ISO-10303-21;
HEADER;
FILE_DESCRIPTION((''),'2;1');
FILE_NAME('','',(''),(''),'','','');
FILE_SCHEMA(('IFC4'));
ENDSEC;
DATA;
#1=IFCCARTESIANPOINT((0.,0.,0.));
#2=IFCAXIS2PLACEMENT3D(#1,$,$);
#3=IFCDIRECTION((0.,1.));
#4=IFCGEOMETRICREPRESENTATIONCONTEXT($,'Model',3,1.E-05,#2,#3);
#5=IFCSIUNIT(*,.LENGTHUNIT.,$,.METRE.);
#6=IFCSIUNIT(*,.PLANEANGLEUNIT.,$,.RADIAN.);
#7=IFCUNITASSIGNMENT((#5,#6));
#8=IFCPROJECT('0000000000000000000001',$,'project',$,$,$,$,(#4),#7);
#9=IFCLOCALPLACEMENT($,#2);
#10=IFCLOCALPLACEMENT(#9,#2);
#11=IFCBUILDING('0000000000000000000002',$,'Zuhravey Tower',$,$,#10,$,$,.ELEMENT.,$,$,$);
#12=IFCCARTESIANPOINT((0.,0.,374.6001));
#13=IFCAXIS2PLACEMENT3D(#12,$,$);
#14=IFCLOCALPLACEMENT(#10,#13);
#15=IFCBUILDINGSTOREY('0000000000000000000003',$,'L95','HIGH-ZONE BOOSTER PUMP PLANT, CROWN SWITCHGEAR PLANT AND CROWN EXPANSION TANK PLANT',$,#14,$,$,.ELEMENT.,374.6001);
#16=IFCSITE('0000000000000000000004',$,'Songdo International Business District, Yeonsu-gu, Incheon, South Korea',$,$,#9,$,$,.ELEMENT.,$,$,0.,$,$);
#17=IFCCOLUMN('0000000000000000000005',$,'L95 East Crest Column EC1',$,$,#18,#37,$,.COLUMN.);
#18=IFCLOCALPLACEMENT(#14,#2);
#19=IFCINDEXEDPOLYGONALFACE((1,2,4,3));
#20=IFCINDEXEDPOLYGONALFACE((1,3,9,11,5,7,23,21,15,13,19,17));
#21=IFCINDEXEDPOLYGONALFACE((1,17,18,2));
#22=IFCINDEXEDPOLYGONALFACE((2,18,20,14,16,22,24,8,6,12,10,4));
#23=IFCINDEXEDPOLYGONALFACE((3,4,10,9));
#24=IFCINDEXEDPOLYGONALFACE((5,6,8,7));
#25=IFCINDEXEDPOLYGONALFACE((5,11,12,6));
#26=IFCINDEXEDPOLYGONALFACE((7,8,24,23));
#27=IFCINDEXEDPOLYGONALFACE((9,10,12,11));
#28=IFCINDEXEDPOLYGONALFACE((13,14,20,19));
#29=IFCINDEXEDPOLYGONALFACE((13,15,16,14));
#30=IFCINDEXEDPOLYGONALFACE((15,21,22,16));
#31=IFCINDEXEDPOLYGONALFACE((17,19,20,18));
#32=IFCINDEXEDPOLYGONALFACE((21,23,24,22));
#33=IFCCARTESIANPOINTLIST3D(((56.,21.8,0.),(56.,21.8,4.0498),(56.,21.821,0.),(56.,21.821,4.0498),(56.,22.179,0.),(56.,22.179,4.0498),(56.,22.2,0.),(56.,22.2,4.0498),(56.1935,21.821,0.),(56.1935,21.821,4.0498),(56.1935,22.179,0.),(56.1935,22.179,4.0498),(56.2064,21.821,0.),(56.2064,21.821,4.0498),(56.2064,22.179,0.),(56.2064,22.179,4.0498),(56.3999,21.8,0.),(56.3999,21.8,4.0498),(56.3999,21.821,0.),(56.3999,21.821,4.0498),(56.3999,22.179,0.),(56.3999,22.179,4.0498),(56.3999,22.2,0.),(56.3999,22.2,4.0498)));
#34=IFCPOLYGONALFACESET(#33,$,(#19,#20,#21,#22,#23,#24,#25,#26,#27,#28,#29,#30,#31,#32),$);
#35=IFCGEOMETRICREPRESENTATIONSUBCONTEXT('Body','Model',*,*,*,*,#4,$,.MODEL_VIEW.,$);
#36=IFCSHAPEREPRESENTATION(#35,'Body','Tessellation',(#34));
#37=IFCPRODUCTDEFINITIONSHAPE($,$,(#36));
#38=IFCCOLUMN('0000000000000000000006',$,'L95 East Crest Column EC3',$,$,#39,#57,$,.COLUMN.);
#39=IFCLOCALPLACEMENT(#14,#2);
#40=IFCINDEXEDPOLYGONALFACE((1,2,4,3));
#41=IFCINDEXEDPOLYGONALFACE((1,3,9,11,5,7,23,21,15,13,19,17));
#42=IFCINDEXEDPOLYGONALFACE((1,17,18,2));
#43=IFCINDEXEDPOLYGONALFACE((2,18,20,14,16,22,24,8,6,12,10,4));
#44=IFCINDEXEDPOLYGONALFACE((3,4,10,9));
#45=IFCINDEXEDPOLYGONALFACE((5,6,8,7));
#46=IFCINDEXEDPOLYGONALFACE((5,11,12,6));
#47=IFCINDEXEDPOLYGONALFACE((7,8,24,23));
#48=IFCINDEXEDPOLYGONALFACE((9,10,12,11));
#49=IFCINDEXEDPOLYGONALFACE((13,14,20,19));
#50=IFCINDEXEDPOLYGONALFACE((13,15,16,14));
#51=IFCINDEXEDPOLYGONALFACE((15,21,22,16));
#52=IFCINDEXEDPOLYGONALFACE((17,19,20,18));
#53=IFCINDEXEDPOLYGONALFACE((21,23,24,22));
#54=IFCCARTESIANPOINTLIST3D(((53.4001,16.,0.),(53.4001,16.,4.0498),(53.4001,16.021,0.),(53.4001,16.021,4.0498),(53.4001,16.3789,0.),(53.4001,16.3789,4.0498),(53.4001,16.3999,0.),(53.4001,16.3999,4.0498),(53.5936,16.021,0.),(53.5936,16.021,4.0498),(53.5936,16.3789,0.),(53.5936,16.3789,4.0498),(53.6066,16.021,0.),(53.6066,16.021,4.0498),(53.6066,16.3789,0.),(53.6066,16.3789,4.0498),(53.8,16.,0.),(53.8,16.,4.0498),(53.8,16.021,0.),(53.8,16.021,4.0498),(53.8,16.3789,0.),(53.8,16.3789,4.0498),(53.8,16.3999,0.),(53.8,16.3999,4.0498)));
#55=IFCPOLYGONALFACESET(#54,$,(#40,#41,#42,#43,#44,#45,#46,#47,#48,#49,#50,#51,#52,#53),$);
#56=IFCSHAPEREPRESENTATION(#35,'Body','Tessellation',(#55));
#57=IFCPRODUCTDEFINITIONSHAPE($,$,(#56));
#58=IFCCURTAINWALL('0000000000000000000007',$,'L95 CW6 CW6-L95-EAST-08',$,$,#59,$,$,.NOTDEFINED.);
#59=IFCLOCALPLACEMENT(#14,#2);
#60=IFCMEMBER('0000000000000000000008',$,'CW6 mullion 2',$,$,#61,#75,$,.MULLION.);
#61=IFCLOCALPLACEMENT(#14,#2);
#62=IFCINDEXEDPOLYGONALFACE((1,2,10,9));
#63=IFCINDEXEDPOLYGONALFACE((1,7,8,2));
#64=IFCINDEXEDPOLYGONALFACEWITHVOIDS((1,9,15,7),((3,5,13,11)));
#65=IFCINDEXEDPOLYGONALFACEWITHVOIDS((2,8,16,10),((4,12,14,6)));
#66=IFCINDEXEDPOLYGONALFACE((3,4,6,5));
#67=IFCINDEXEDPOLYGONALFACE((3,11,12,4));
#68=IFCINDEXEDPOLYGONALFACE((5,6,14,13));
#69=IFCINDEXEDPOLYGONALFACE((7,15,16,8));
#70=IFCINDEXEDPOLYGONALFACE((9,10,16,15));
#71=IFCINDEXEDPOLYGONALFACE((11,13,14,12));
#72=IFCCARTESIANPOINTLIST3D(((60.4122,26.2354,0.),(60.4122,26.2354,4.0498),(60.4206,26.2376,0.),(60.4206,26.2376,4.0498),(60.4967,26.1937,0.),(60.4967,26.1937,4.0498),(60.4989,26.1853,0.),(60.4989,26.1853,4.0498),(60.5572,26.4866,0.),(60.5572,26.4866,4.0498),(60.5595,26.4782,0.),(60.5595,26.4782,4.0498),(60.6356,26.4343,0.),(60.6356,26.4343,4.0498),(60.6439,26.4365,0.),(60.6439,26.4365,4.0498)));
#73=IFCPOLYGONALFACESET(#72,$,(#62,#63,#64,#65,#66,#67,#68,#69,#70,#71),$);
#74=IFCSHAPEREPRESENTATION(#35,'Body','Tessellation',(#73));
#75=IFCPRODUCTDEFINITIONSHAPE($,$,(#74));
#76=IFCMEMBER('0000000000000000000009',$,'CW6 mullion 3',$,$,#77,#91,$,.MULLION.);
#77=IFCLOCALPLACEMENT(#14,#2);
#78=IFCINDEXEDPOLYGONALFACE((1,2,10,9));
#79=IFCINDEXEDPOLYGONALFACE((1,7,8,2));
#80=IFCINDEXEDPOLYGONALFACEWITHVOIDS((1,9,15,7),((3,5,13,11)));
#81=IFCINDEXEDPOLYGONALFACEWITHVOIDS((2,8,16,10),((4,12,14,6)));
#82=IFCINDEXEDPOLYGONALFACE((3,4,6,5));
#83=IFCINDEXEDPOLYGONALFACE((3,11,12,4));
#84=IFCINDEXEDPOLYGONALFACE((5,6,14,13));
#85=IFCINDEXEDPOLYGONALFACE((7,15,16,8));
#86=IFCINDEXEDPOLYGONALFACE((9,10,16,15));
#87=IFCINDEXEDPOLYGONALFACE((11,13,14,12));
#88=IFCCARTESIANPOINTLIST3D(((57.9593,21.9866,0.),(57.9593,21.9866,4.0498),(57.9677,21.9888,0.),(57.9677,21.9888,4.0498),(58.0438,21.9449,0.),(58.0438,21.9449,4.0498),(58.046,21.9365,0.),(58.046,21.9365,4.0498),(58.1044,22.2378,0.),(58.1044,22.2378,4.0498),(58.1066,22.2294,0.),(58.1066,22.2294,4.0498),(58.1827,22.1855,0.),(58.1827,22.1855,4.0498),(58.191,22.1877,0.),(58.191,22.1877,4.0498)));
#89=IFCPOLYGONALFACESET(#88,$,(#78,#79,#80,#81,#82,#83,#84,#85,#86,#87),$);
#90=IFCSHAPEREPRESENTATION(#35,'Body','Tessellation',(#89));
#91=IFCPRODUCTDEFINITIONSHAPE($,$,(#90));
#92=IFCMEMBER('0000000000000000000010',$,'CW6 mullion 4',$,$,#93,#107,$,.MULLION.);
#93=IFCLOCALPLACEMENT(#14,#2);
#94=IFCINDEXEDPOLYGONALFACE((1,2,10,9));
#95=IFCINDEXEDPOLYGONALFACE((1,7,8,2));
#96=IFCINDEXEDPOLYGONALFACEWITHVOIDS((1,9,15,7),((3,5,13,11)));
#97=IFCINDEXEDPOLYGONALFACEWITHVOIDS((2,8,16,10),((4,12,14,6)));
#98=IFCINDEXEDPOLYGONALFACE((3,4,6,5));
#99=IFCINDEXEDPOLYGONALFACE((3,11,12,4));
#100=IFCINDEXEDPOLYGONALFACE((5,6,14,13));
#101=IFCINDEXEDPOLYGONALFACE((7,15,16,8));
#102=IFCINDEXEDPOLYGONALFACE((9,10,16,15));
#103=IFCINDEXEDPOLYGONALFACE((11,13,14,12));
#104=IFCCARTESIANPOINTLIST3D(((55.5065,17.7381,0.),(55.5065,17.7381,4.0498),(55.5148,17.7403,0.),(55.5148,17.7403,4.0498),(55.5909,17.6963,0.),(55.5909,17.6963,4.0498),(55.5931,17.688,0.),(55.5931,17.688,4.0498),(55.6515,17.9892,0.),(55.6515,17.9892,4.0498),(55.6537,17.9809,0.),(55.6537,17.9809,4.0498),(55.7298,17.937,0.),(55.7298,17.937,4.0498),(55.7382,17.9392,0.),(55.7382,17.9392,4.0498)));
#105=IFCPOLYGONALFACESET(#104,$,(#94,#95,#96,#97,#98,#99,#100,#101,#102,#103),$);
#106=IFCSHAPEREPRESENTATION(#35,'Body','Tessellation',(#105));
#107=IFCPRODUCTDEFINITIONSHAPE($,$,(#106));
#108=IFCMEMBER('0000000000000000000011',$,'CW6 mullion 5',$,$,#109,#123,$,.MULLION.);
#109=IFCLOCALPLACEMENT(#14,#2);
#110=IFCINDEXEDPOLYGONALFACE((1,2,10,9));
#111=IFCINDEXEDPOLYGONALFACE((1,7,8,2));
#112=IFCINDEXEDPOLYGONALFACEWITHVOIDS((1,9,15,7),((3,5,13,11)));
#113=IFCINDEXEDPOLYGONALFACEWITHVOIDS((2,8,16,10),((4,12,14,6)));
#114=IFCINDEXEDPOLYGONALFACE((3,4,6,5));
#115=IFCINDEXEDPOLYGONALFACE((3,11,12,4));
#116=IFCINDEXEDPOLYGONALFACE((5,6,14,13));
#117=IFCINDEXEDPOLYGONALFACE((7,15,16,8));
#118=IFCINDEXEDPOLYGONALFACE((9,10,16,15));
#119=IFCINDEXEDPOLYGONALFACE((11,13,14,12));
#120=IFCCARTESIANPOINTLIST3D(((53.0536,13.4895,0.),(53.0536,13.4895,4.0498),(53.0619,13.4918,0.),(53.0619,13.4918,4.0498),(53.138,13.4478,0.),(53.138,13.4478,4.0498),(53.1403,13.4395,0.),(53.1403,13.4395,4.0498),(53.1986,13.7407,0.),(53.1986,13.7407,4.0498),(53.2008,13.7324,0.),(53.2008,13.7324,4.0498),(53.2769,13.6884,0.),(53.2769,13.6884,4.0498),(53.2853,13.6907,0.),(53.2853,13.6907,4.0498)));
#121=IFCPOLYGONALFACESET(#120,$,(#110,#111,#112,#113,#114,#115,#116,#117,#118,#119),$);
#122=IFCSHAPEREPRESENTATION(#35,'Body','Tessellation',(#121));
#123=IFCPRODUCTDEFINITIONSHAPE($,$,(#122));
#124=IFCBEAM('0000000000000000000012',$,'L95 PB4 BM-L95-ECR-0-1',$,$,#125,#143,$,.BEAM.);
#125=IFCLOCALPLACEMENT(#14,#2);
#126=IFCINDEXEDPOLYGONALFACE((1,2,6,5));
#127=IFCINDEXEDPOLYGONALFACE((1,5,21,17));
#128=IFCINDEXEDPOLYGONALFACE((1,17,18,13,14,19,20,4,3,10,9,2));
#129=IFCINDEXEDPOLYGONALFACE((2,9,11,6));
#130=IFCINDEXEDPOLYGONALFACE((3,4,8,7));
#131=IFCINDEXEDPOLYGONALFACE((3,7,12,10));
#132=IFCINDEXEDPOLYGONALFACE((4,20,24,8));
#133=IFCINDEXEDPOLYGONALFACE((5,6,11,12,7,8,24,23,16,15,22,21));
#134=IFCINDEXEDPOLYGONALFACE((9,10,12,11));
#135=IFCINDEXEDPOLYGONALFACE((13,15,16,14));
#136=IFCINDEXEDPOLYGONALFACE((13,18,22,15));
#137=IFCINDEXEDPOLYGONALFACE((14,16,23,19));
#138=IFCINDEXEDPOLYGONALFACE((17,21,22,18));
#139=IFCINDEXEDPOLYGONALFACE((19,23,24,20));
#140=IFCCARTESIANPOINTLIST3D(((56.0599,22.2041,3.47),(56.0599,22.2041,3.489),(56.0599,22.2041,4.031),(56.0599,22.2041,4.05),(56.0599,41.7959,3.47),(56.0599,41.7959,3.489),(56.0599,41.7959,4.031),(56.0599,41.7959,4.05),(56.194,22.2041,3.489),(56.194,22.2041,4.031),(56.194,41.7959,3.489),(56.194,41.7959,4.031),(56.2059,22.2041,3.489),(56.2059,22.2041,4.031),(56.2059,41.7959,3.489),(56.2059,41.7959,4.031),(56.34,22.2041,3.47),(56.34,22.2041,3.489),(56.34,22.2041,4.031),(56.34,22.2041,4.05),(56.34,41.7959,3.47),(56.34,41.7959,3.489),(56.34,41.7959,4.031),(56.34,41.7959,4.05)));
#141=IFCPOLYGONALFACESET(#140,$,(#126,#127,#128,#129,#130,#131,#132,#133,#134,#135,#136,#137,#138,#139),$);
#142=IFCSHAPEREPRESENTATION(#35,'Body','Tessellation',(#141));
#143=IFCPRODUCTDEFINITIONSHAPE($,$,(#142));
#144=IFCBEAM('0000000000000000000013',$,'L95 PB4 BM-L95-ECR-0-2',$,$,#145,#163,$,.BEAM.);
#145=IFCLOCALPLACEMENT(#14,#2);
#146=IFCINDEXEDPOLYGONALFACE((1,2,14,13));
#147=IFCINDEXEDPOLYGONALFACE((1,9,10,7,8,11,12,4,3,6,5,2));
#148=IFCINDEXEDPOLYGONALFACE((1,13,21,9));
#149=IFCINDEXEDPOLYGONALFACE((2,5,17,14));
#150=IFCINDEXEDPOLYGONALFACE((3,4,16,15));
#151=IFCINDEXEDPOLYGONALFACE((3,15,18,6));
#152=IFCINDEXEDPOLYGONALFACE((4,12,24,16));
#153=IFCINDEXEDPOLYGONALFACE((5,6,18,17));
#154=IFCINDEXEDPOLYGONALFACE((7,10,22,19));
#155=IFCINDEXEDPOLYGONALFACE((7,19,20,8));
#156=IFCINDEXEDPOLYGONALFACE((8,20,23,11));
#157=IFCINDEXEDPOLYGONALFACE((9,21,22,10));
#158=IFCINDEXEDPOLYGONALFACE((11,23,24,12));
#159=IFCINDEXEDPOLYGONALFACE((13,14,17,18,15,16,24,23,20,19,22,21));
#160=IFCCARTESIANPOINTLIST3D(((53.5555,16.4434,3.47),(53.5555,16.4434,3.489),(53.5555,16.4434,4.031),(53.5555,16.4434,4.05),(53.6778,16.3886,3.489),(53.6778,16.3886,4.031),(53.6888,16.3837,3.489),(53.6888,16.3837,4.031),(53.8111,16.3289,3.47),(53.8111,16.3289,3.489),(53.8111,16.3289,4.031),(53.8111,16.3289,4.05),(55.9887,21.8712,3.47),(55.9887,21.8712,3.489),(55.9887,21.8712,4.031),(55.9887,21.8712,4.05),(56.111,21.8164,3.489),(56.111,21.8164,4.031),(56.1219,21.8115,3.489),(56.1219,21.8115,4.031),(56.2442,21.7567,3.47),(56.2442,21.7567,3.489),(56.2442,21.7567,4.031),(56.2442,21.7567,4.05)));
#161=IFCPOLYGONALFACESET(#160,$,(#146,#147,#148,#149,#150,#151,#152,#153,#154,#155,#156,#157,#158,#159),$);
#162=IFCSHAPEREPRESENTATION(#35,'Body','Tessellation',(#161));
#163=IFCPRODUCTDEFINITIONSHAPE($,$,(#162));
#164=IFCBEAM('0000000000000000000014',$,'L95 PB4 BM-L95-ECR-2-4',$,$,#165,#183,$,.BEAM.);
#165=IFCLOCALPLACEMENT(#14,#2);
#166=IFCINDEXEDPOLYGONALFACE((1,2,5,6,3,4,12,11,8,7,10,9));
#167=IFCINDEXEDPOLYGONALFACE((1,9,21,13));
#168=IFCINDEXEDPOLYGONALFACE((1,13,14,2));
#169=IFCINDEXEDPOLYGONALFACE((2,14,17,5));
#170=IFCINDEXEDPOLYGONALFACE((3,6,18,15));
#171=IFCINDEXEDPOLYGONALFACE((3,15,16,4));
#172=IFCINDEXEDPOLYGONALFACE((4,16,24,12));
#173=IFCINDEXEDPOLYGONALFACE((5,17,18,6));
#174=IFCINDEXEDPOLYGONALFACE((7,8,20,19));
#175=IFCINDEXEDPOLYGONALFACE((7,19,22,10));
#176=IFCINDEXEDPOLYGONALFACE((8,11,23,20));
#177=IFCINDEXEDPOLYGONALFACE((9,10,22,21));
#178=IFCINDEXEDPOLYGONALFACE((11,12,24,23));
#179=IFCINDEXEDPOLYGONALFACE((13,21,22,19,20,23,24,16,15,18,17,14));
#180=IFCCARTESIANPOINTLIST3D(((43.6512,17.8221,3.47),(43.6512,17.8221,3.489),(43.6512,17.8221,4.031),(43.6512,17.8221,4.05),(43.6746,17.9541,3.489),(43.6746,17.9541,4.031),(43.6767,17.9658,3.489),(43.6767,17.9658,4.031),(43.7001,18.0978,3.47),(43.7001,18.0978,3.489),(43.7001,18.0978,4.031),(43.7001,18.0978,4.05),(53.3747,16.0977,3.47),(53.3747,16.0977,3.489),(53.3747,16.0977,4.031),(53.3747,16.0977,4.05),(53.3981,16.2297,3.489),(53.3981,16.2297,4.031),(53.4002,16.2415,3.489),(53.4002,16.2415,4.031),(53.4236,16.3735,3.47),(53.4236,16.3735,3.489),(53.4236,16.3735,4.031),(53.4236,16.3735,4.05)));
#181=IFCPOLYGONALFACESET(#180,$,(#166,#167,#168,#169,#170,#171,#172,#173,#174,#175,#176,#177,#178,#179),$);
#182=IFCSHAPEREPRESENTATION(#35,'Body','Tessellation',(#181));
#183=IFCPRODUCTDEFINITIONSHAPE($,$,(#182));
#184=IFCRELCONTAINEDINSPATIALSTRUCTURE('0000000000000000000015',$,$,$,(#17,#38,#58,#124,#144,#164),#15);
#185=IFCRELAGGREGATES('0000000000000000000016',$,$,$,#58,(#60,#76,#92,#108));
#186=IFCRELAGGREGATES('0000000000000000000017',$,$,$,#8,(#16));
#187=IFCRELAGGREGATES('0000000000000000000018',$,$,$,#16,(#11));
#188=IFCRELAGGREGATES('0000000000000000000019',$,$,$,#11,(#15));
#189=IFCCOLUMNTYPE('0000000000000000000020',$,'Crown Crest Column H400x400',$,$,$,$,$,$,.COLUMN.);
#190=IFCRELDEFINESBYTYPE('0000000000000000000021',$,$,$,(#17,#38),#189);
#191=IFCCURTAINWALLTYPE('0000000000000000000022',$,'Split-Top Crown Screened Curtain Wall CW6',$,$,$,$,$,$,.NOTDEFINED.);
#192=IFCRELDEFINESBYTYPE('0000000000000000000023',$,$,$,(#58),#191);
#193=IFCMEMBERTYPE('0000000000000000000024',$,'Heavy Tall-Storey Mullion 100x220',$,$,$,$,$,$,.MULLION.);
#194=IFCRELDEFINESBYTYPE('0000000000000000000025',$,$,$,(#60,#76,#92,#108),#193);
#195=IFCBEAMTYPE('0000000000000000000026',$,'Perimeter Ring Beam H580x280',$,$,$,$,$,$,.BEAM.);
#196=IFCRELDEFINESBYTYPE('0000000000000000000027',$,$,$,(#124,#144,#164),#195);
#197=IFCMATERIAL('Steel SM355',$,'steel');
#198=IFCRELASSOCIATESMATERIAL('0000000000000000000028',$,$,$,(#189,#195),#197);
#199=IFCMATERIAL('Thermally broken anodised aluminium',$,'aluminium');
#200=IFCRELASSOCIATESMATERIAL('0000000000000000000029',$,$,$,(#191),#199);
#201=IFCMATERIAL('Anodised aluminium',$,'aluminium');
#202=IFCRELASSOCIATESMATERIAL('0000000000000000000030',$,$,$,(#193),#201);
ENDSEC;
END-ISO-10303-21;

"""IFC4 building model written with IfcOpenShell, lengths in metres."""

from ifc_helpers import new_model, si_unit, direction, frame, origin, origin_2d, place, context, subcontext, project, spatial, hollow_rectangle, i_section, extrude, material, material_profile, profile_set, type_object, element, aggregate, save


model = new_model("IFC4")

# Units and contexts
model_context = context("Model", 3, precision=1e-05, world=origin(), true_north=direction((0.0, 1.0)))
body_context = subcontext(model_context, "Body", "Model", "MODEL_VIEW")
ifc_project = project(units=[si_unit("LENGTHUNIT", "METRE"), si_unit("PLANEANGLEUNIT", "RADIAN")], contexts=[model_context])

# Site, building, storey
site_placement = place(None, origin())
site = spatial("IfcSite", under=ifc_project, at=site_placement, Name="Songdo International Business District, Yeonsu-gu, Incheon, South Korea", CompositionType="ELEMENT", RefElevation=0.0)
building_placement = place(site_placement, origin())
building = spatial("IfcBuilding", under=site, at=building_placement, Name="Zuhravey Tower", CompositionType="ELEMENT")
storey_placement = place(building_placement, frame((0.0, 0.0, 374.6001)))
storey = spatial("IfcBuildingStorey", under=building, at=storey_placement, Name="L95", Description="HIGH-ZONE BOOSTER PUMP PLANT, CROWN SWITCHGEAR PLANT AND CROWN EXPANSION TANK PLANT", CompositionType="ELEMENT", Elevation=374.6001)

# Columns
ifc_material_1 = material(Name="Steel SM355", Category="steel")
ifc_material_profile_1 = material_profile(ifc_material_1, i_section(OverallWidth=0.3999, OverallDepth=0.3999, WebThickness=0.0129, FlangeThickness=0.021, at=origin_2d()), Name="H-400x400x13x21")
ifc_profile_set_1 = profile_set([ifc_material_profile_1], Name="Steel SM355")
column_type = type_object("IfcColumnType", Name="Crown Crest Column H400x400", PredefinedType="COLUMN", material=ifc_profile_set_1)
for number, where, z_axis, x_axis, name in (
    (1, (56.2, 22.0, 0.0), (0.0, 0.0, 1.0), (1.0, 0.0, 0.0), "L95 East Crest Column EC1"),
    (2, (53.6001, 16.2, 0.0), (0.0, 0.0, 1.0), (1.0, 0.0, 0.0), "L95 East Crest Column EC3"),
):
    element("IfcColumn", number, at=place(storey_placement, frame(where, z_axis=z_axis, x_axis=x_axis)), inside=storey, type_object=column_type, Name=name, PredefinedType="COLUMN", context=body_context, shape_type="SweptSolid", body=[
        extrude(i_section(OverallWidth=0.3999, OverallDepth=0.3999, WebThickness=0.0129, FlangeThickness=0.021, at=origin_2d()), origin(), (0.0, 0.0, 1.0), 4.0498),
    ])

# Curtain wall, members
ifc_material_2 = material(Name="Thermally broken anodised aluminium", Category="aluminium")
curtain_wall_type = type_object("IfcCurtainWallType", Name="Split-Top Crown Screened Curtain Wall CW6", PredefinedType="NOTDEFINED", material=ifc_material_2)
curtain_wall_placement = place(storey_placement, origin())
curtain_wall = element("IfcCurtainWall", 3, at=curtain_wall_placement, inside=storey, type_object=curtain_wall_type, Name="L95 CW6 CW6-L95-EAST-08", PredefinedType="NOTDEFINED")
ifc_material_3 = material(Name="Anodised aluminium", Category="aluminium")
ifc_material_profile_2 = material_profile(ifc_material_3, hollow_rectangle(XDim=0.1001, YDim=0.29, WallThickness=0.0061, at=origin_2d()), Name="ALU-RHS-100x290x6")
ifc_profile_set_2 = profile_set([ifc_material_profile_2], Name="Anodised aluminium")
member_type_1 = type_object("IfcMemberType", Name="Heavy Tall-Storey Mullion 100x220", PredefinedType="MULLION", material=ifc_profile_set_2)
member_1_placement = place(storey_placement, frame((60.5281, 26.3359, 0.0), z_axis=(0.0, 0.0, 1.0), x_axis=(0.866027, -0.499997, 0.0)))
member_1 = element("IfcMember", 4, at=member_1_placement, type_object=member_type_1, Name="CW6 mullion 2", PredefinedType="MULLION", context=body_context, shape_type="SweptSolid", body=[
    extrude(hollow_rectangle(XDim=0.1001, YDim=0.29, WallThickness=0.0061, at=origin_2d()), origin(), (0.0, 0.0, 1.0), 4.0498),
])
member_2_placement = place(storey_placement, frame((58.0752, 22.0872, 0.0), z_axis=(0.0, 0.0, 1.0), x_axis=(0.866027, -0.499997, 0.0)))
member_2 = element("IfcMember", 5, at=member_2_placement, type_object=member_type_1, Name="CW6 mullion 3", PredefinedType="MULLION", context=body_context, shape_type="SweptSolid", body=[
    extrude(hollow_rectangle(XDim=0.1001, YDim=0.29, WallThickness=0.0061, at=origin_2d()), origin(), (0.0, 0.0, 1.0), 4.0498),
])
member_3_placement = place(storey_placement, frame((55.6223, 17.8386, 0.0), z_axis=(0.0, 0.0, 1.0), x_axis=(0.866027, -0.499997, 0.0)))
member_3 = element("IfcMember", 6, at=member_3_placement, type_object=member_type_1, Name="CW6 mullion 4", PredefinedType="MULLION", context=body_context, shape_type="SweptSolid", body=[
    extrude(hollow_rectangle(XDim=0.1001, YDim=0.29, WallThickness=0.0061, at=origin_2d()), origin(), (0.0, 0.0, 1.0), 4.0498),
])
member_4_placement = place(storey_placement, frame((53.1694, 13.5901, 0.0), z_axis=(0.0, 0.0, 1.0), x_axis=(0.866027, -0.499997, 0.0)))
member_4 = element("IfcMember", 7, at=member_4_placement, type_object=member_type_1, Name="CW6 mullion 5", PredefinedType="MULLION", context=body_context, shape_type="SweptSolid", body=[
    extrude(hollow_rectangle(XDim=0.1001, YDim=0.29, WallThickness=0.0061, at=origin_2d()), origin(), (0.0, 0.0, 1.0), 4.0498),
])

# Beams
ifc_material_profile_3 = material_profile(ifc_material_1, i_section(OverallWidth=0.28, OverallDepth=0.5801, WebThickness=0.012, FlangeThickness=0.019, at=origin_2d()), Name="H-580x280x12x19")
ifc_profile_set_3 = profile_set([ifc_material_profile_3], Name="Steel SM355")
beam_type = type_object("IfcBeamType", Name="Perimeter Ring Beam H580x280", PredefinedType="BEAM", material=ifc_profile_set_3)
beam_1_placement = place(storey_placement, frame((56.2, 22.2041, 3.76), z_axis=(0.0, 1.0, 0.0), x_axis=(-1.0, 0.0, 0.0)))
element("IfcBeam", 8, at=beam_1_placement, inside=storey, type_object=beam_type, Name="L95 PB4 BM-L95-ECR-0-1", PredefinedType="BEAM", context=body_context, shape_type="SweptSolid", body=[
    extrude(i_section(OverallWidth=0.28, OverallDepth=0.5801, WebThickness=0.012, FlangeThickness=0.019, at=origin_2d()), origin(), (0.0, 0.0, 1.0), 19.5918),
])
beam_2_placement = place(storey_placement, frame((56.1165, 21.814, 3.76), z_axis=(-0.409054, -0.91251, 0.0), x_axis=(0.91251, -0.409054, 0.0)))
element("IfcBeam", 9, at=beam_2_placement, inside=storey, type_object=beam_type, Name="L95 PB4 BM-L95-ECR-0-2", PredefinedType="BEAM", context=body_context, shape_type="SweptSolid", body=[
    extrude(i_section(OverallWidth=0.28, OverallDepth=0.5801, WebThickness=0.012, FlangeThickness=0.019, at=origin_2d()), origin(), (0.0, 0.0, 1.0), 5.9482),
])
beam_3_placement = place(storey_placement, frame((53.3992, 16.2356, 3.76), z_axis=(-0.984637, 0.174613, 0.0), x_axis=(-0.174613, -0.984637, 0.0)))
element("IfcBeam", 10, at=beam_3_placement, inside=storey, type_object=beam_type, Name="L95 PB4 BM-L95-ECR-2-4", PredefinedType="BEAM", context=body_context, shape_type="SweptSolid", body=[
    extrude(i_section(OverallWidth=0.28, OverallDepth=0.5801, WebThickness=0.012, FlangeThickness=0.019, at=origin_2d()), origin(), (0.0, 0.0, 1.0), 9.8752),
])

aggregate(curtain_wall, [member_1, member_2, member_3, member_4])

save(model, "model.ifc")
